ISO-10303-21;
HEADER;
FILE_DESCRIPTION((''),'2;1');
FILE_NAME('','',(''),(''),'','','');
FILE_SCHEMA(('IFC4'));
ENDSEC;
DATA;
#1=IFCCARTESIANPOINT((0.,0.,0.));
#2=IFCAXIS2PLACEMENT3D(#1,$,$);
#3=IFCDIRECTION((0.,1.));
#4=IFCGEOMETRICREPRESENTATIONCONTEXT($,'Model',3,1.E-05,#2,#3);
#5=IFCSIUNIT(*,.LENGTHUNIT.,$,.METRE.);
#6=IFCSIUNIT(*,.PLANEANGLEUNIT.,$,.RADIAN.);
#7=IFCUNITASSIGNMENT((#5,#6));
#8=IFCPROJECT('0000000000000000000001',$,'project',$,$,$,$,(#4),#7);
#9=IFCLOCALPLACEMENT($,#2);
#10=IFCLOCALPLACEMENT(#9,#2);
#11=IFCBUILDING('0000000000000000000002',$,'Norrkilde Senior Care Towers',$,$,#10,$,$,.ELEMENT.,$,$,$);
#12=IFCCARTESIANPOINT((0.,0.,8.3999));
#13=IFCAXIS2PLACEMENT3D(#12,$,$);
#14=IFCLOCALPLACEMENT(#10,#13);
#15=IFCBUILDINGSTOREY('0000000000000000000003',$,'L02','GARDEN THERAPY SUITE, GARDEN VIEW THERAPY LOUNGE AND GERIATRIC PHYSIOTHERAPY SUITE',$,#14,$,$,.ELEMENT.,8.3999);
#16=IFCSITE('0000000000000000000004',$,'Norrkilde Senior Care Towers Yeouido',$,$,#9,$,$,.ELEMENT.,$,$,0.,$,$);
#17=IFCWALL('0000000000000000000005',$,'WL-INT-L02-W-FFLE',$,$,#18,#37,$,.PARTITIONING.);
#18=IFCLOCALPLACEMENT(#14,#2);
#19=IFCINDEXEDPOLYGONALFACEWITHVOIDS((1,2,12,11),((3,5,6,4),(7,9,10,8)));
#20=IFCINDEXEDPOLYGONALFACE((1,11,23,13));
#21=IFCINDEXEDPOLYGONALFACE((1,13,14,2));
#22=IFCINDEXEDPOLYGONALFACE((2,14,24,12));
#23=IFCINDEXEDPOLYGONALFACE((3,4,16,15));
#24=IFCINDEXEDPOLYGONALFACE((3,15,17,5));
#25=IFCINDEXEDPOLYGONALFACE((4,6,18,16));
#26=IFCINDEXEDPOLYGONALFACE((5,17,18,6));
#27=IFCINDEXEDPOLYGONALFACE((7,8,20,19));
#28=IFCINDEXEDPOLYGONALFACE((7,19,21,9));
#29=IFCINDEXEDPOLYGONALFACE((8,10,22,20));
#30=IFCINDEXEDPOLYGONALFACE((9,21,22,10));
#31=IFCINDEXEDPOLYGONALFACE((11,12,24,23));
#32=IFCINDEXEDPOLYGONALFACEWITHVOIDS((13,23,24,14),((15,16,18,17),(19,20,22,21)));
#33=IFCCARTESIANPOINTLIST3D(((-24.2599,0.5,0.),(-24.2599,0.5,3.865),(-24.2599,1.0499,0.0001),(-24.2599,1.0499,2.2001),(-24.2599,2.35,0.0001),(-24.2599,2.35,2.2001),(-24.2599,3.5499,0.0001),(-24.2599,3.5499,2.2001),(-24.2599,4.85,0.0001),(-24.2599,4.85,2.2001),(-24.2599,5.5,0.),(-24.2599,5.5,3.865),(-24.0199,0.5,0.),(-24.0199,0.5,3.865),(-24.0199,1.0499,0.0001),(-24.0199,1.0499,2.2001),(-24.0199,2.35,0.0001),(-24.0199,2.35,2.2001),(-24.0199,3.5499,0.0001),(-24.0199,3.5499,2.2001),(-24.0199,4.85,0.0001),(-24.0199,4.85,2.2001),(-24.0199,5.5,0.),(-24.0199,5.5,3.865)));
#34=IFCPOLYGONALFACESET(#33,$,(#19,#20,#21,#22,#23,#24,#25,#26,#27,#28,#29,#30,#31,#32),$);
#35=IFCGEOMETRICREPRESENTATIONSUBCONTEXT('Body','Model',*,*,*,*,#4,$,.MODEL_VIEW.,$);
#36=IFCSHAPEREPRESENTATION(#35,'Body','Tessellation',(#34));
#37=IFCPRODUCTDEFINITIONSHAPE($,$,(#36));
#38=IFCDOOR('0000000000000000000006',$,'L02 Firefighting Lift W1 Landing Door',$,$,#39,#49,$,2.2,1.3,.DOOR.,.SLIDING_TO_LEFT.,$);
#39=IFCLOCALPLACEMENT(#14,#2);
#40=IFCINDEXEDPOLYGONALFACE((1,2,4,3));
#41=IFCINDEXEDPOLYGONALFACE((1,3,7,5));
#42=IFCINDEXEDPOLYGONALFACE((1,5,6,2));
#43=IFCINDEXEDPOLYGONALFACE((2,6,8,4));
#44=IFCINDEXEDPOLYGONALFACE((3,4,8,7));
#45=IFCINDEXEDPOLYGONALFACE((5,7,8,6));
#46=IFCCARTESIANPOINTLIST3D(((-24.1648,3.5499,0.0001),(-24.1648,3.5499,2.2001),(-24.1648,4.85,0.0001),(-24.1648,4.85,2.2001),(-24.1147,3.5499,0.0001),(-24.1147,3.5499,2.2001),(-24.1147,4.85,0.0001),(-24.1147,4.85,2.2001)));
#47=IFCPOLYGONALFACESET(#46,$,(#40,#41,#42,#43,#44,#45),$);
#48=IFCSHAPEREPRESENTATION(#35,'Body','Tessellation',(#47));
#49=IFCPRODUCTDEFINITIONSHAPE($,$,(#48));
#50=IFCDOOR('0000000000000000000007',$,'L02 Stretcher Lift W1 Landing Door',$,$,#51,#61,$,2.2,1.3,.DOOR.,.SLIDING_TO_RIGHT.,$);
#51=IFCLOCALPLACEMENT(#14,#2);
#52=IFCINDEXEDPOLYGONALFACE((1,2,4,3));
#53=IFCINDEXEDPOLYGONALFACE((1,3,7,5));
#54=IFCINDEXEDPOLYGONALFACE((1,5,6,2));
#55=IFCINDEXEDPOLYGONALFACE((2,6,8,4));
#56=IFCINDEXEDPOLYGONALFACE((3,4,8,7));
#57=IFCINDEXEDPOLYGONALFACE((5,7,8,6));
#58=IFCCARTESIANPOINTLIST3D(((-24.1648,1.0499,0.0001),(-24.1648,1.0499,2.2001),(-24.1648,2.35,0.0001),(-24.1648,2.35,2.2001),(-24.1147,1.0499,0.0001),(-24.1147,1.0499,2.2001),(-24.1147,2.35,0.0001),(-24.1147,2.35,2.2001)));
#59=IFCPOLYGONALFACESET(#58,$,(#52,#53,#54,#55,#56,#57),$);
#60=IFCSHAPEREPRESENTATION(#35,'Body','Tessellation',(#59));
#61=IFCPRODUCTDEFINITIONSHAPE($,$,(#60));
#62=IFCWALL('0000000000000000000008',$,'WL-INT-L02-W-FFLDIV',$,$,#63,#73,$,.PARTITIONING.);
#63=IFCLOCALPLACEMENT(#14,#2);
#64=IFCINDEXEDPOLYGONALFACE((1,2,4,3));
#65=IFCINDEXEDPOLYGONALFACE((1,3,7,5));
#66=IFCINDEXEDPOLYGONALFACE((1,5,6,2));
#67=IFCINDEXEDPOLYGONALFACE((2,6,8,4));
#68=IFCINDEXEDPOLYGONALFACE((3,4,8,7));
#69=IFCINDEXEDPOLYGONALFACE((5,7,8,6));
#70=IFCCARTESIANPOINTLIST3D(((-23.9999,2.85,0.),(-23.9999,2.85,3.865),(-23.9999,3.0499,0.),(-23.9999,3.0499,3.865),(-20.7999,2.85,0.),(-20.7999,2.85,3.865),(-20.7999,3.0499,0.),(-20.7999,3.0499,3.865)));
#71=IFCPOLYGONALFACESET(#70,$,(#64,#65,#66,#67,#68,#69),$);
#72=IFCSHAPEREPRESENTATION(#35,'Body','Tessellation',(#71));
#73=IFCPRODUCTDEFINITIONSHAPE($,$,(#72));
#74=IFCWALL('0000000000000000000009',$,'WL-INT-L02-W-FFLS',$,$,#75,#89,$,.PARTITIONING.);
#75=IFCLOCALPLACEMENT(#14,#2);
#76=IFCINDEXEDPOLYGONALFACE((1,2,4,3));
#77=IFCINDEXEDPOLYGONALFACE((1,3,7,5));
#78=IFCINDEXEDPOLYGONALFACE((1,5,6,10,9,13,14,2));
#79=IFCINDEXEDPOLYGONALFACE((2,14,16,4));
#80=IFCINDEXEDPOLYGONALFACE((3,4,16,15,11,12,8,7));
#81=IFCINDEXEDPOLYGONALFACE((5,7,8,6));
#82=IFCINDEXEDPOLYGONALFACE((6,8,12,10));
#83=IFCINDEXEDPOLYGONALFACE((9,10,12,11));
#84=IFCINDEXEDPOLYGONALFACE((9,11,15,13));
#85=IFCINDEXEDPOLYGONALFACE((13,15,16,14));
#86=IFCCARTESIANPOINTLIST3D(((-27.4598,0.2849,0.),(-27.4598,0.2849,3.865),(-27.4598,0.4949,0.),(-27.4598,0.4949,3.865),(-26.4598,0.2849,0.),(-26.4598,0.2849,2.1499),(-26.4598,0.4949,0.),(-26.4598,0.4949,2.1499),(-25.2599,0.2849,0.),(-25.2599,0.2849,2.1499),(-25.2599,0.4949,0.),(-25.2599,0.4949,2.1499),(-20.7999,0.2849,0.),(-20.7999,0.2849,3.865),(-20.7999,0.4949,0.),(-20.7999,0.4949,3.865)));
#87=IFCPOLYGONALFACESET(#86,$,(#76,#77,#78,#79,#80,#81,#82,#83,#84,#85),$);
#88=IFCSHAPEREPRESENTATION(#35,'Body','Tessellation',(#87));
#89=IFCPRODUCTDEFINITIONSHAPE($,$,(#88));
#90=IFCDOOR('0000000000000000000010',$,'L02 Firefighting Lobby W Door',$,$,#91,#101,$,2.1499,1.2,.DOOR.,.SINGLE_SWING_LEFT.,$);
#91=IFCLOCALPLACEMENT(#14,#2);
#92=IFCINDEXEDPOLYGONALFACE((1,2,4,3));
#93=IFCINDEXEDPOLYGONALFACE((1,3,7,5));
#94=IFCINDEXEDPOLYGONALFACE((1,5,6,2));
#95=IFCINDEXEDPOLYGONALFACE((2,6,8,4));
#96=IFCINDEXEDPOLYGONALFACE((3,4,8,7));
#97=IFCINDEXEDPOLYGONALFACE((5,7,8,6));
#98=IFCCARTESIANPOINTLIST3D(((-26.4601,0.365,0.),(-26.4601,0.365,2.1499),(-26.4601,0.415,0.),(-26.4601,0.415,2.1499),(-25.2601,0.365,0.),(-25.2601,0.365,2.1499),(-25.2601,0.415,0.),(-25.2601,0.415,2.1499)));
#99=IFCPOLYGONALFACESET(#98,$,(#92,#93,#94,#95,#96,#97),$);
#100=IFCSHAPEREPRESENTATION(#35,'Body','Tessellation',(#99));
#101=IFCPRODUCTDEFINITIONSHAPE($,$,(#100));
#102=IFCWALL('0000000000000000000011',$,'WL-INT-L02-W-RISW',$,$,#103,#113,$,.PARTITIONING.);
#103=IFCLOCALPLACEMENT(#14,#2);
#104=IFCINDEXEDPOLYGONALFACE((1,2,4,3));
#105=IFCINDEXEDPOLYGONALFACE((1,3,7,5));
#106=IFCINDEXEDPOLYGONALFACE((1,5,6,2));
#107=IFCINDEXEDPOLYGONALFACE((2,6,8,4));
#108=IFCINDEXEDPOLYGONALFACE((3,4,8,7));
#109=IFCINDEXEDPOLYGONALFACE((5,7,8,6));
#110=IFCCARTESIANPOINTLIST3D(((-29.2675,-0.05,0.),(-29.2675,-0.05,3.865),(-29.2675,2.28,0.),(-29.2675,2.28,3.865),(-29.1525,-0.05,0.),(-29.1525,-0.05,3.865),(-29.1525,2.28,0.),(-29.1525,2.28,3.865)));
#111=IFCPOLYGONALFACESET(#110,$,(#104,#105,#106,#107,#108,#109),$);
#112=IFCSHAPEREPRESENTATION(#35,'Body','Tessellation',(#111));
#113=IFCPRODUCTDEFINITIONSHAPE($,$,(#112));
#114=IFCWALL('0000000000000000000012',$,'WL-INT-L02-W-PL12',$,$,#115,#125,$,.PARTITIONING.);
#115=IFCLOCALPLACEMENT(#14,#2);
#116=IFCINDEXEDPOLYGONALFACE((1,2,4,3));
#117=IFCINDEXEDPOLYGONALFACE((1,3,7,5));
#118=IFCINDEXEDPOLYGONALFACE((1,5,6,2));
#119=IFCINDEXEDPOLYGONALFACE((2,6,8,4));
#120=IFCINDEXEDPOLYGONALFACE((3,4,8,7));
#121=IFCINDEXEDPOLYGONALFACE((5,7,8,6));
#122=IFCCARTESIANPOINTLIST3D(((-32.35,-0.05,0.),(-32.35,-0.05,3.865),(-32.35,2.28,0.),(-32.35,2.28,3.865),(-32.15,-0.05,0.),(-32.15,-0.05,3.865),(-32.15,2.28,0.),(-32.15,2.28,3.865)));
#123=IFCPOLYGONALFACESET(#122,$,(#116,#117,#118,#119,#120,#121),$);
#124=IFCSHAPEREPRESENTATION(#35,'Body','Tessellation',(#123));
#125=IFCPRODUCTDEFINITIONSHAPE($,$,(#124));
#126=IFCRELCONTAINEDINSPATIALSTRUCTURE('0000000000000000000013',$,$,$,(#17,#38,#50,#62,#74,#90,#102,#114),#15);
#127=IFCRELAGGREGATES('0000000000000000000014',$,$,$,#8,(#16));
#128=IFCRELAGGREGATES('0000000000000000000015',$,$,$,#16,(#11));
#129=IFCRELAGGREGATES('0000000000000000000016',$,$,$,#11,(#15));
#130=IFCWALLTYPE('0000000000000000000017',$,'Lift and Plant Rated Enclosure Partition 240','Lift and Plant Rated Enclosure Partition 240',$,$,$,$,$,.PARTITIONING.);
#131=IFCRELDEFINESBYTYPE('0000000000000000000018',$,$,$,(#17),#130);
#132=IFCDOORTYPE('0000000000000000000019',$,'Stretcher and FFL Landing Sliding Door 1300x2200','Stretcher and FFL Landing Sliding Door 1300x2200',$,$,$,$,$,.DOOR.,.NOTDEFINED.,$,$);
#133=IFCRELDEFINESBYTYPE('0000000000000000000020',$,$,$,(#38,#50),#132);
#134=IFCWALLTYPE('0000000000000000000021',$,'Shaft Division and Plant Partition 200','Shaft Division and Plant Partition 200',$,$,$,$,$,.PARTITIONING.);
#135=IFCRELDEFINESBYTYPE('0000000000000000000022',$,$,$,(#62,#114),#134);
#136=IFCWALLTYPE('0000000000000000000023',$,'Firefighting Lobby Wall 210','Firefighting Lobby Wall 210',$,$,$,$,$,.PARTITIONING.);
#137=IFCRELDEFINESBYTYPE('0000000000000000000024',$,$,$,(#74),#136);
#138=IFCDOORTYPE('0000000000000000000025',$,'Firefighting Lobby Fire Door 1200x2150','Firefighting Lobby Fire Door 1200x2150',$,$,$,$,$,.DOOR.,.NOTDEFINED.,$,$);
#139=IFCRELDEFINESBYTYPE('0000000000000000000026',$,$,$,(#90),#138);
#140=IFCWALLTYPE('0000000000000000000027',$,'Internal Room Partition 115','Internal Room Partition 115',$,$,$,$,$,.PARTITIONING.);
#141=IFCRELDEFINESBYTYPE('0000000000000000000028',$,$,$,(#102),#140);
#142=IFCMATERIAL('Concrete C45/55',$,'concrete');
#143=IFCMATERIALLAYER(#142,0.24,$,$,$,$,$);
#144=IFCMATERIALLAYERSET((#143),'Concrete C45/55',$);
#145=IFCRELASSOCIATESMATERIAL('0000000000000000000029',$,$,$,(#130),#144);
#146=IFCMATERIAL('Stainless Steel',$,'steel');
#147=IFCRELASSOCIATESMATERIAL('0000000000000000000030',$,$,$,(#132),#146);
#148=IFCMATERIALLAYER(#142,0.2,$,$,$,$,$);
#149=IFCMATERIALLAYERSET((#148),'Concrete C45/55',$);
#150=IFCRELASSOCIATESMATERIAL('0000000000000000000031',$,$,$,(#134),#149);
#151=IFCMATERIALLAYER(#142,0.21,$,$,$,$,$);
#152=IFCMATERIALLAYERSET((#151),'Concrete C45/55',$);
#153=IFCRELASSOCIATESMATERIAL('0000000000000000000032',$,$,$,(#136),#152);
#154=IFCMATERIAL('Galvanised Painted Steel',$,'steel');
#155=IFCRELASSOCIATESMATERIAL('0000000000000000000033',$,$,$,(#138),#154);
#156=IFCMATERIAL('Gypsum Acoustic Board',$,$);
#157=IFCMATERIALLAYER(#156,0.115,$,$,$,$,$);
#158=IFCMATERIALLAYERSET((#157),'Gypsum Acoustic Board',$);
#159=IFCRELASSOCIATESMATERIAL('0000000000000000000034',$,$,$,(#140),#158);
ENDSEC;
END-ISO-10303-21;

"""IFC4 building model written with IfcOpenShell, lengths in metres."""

from ifc_helpers import new_model, si_unit, direction, frame, frame_2d, origin, place, context, subcontext, project, spatial, rectangle, extrude, source, transform, mapped, material, layer, layer_set, type_object, type_shapes, element, fill, save


model = new_model("IFC4")

# Units and contexts
model_context = context("Model", 3, precision=1e-05, world=origin(), true_north=direction((0.0, 1.0)))
body_context = subcontext(model_context, "Body", "Model", "MODEL_VIEW")
ifc_project = project(units=[si_unit("LENGTHUNIT", "METRE"), si_unit("PLANEANGLEUNIT", "RADIAN")], contexts=[model_context])

# Site, building, storey
site_placement = place(None, origin())
site = spatial("IfcSite", under=ifc_project, at=site_placement, Name="Norrkilde Senior Care Towers Yeouido", CompositionType="ELEMENT", RefElevation=0.0)
building_placement = place(site_placement, origin())
building = spatial("IfcBuilding", under=site, at=building_placement, Name="Norrkilde Senior Care Towers", CompositionType="ELEMENT")
storey_placement = place(building_placement, frame((0.0, 0.0, 8.3999)))
storey = spatial("IfcBuildingStorey", under=building, at=storey_placement, Name="L02", Description="GARDEN THERAPY SUITE, GARDEN VIEW THERAPY LOUNGE AND GERIATRIC PHYSIOTHERAPY SUITE", CompositionType="ELEMENT", Elevation=8.3999)

# Wall, openings, doors
ifc_material_1 = material(Name="Concrete C45/55", Category="concrete")
ifc_layer_1 = layer(ifc_material_1, 0.24)
ifc_layer_set_1 = layer_set([ifc_layer_1], Name="Concrete C45/55")
wall_type_1 = type_object("IfcWallType", Name="Lift and Plant Rated Enclosure Partition 240", Description="Lift and Plant Rated Enclosure Partition 240", PredefinedType="PARTITIONING", material=ifc_layer_set_1)
shared_shape_1 = source(origin(), body_context, "Body", "SweptSolid", [
    extrude(rectangle(XDim=5.0, YDim=0.24, at=frame_2d((2.5, 0.0))), origin(), (0.0, 0.0, 1.0), 3.865),
])
type_shapes(wall_type_1, [shared_shape_1])
wall_1_placement = place(storey_placement, frame((-24.1399, 0.5, 0.0), z_axis=(0.0, 0.0, 1.0), x_axis=(0.0, 1.0, 0.0)))
wall_1 = element("IfcWall", 1, at=wall_1_placement, inside=storey, type_object=wall_type_1, Name="WL-INT-L02-W-FFLE", PredefinedType="PARTITIONING", context=body_context, shape_type="MappedRepresentation", body=[
    mapped(shared_shape_1, transform((0.0, 0.0, 0.0), x_axis=(1.0, 0.0, 0.0), y_axis=(0.0, 1.0, 0.0), z_axis=(0.0, 0.0, 1.0), scale=1.0)),
])
opening_1_placement = place(wall_1_placement, frame((3.05, 0.0, 0.0)))
opening_1 = element("IfcOpeningElement", 2, at=opening_1_placement, cuts=wall_1, PredefinedType="OPENING", context=body_context, shape_type="SweptSolid", body=[
    extrude(rectangle(XDim=1.3, YDim=2.2, at=frame_2d((0.6499, 1.1001))), frame((0.0, 0.1299, 0.0), z_axis=(0.0, -1.0, 0.0), x_axis=(1.0, 0.0, 0.0)), (0.0, 0.0, 1.0), 0.26),
])
opening_2_placement = place(wall_1_placement, frame((0.55, 0.0, 0.0)))
opening_2 = element("IfcOpeningElement", 3, at=opening_2_placement, cuts=wall_1, PredefinedType="OPENING", context=body_context, shape_type="SweptSolid", body=[
    extrude(rectangle(XDim=1.3, YDim=2.2, at=frame_2d((0.6499, 1.1001))), frame((0.0, 0.1299, 0.0), z_axis=(0.0, -1.0, 0.0), x_axis=(1.0, 0.0, 0.0)), (0.0, 0.0, 1.0), 0.26),
])
ifc_material_2 = material(Name="Stainless Steel", Category="steel")
door_type_1 = type_object("IfcDoorType", Name="Stretcher and FFL Landing Sliding Door 1300x2200", Description="Stretcher and FFL Landing Sliding Door 1300x2200", OperationType="NOTDEFINED", PredefinedType="DOOR", material=ifc_material_2)
shared_shape_2 = source(origin(), body_context, "Body", "SweptSolid", [
    extrude(rectangle(XDim=1.3, YDim=2.2, at=frame_2d((0.6499, 1.1001))), frame((0.0, 0.0249, 0.0), z_axis=(0.0, -1.0, 0.0), x_axis=(1.0, 0.0, 0.0)), (0.0, 0.0, 1.0), 0.05),
])
type_shapes(door_type_1, [shared_shape_2])
door_1_placement = place(opening_1_placement, origin())
door_1 = element("IfcDoor", 4, at=door_1_placement, inside=storey, type_object=door_type_1, Name="L02 Firefighting Lift W1 Landing Door", OperationType="SLIDING_TO_LEFT", OverallHeight=2.2, OverallWidth=1.3, PredefinedType="DOOR", context=body_context, shape_type="MappedRepresentation", body=[
    mapped(shared_shape_2, transform((0.0, 0.0, 0.0), x_axis=(1.0, 0.0, 0.0), y_axis=(0.0, 1.0, 0.0), z_axis=(0.0, 0.0, 1.0), scale=1.0)),
])
fill(opening_1, door_1)
door_2_placement = place(opening_2_placement, origin())
door_2 = element("IfcDoor", 5, at=door_2_placement, inside=storey, type_object=door_type_1, Name="L02 Stretcher Lift W1 Landing Door", OperationType="SLIDING_TO_RIGHT", OverallHeight=2.2, OverallWidth=1.3, PredefinedType="DOOR", context=body_context, shape_type="MappedRepresentation", body=[
    mapped(shared_shape_2, transform((0.0, 0.0, 0.0), x_axis=(1.0, 0.0, 0.0), y_axis=(0.0, 1.0, 0.0), z_axis=(0.0, 0.0, 1.0), scale=1.0)),
])
fill(opening_2, door_2)

# Wall
ifc_layer_2 = layer(ifc_material_1, 0.2)
ifc_layer_set_2 = layer_set([ifc_layer_2], Name="Concrete C45/55")
wall_type_2 = type_object("IfcWallType", Name="Shaft Division and Plant Partition 200", Description="Shaft Division and Plant Partition 200", PredefinedType="PARTITIONING", material=ifc_layer_set_2)
shared_shape_3 = source(origin(), body_context, "Body", "SweptSolid", [
    extrude(rectangle(XDim=3.2, YDim=0.2, at=frame_2d((1.6001, 0.0))), origin(), (0.0, 0.0, 1.0), 3.865),
])
wall_2_placement = place(storey_placement, frame((-24.0, 2.95, 0.0), z_axis=(0.0, 0.0, 1.0), x_axis=(1.0, 0.0, 0.0)))
element("IfcWall", 6, at=wall_2_placement, inside=storey, type_object=wall_type_2, Name="WL-INT-L02-W-FFLDIV", PredefinedType="PARTITIONING", context=body_context, shape_type="MappedRepresentation", body=[
    mapped(shared_shape_3, transform((0.0, 0.0, 0.0), x_axis=(1.0, 0.0, 0.0), y_axis=(0.0, 1.0, 0.0), z_axis=(0.0, 0.0, 1.0), scale=1.0)),
])

# Wall, opening, door
ifc_layer_3 = layer(ifc_material_1, 0.21)
ifc_layer_set_3 = layer_set([ifc_layer_3], Name="Concrete C45/55")
wall_type_3 = type_object("IfcWallType", Name="Firefighting Lobby Wall 210", Description="Firefighting Lobby Wall 210", PredefinedType="PARTITIONING", material=ifc_layer_set_3)
shared_shape_4 = source(origin(), body_context, "Body", "SweptSolid", [
    extrude(rectangle(XDim=6.6599, YDim=0.21, at=frame_2d((3.3301, 0.0))), origin(), (0.0, 0.0, 1.0), 3.865),
])
type_shapes(wall_type_3, [shared_shape_4])
wall_3_placement = place(storey_placement, frame((-27.46, 0.3899, 0.0), z_axis=(0.0, 0.0, 1.0), x_axis=(1.0, 0.0, 0.0)))
wall_3 = element("IfcWall", 7, at=wall_3_placement, inside=storey, type_object=wall_type_3, Name="WL-INT-L02-W-FFLS", PredefinedType="PARTITIONING", context=body_context, shape_type="MappedRepresentation", body=[
    mapped(shared_shape_4, transform((0.0, 0.0, 0.0), x_axis=(1.0, 0.0, 0.0), y_axis=(0.0, 1.0, 0.0), z_axis=(0.0, 0.0, 1.0), scale=1.0)),
])
opening_3_placement = place(wall_3_placement, frame((1.0, 0.0, 0.0)))
opening_3 = element("IfcOpeningElement", 8, at=opening_3_placement, cuts=wall_3, PredefinedType="OPENING", context=body_context, shape_type="SweptSolid", body=[
    extrude(rectangle(XDim=1.2, YDim=2.1499, at=frame_2d((0.6001, 1.075))), frame((0.0, 0.115, 0.0), z_axis=(0.0, -1.0, 0.0), x_axis=(1.0, 0.0, 0.0)), (0.0, 0.0, 1.0), 0.23),
])
ifc_material_3 = material(Name="Galvanised Painted Steel", Category="steel")
door_type_2 = type_object("IfcDoorType", Name="Firefighting Lobby Fire Door 1200x2150", Description="Firefighting Lobby Fire Door 1200x2150", OperationType="NOTDEFINED", PredefinedType="DOOR", material=ifc_material_3)
shared_shape_5 = source(origin(), body_context, "Body", "SweptSolid", [
    extrude(rectangle(XDim=1.2, YDim=2.1499, at=frame_2d((0.6001, 1.075))), frame((0.0, 0.0249, 0.0), z_axis=(0.0, -1.0, 0.0), x_axis=(1.0, 0.0, 0.0)), (0.0, 0.0, 1.0), 0.05),
])
type_shapes(door_type_2, [shared_shape_5])
door_3_placement = place(opening_3_placement, frame((1.2, 0.0, 0.0), z_axis=(0.0, 0.0, 1.0), x_axis=(-1.0, 0.0, 0.0)))
door_3 = element("IfcDoor", 9, at=door_3_placement, inside=storey, type_object=door_type_2, Name="L02 Firefighting Lobby W Door", OperationType="SINGLE_SWING_LEFT", OverallHeight=2.1499, OverallWidth=1.2, PredefinedType="DOOR", context=body_context, shape_type="MappedRepresentation", body=[
    mapped(shared_shape_5, transform((0.0, 0.0, 0.0), x_axis=(1.0, 0.0, 0.0), y_axis=(0.0, 1.0, 0.0), z_axis=(0.0, 0.0, 1.0), scale=1.0)),
])
fill(opening_3, door_3)

# Walls
ifc_material_4 = material(Name="Gypsum Acoustic Board")
ifc_layer_4 = layer(ifc_material_4, 0.115)
ifc_layer_set_4 = layer_set([ifc_layer_4], Name="Gypsum Acoustic Board")
wall_type_4 = type_object("IfcWallType", Name="Internal Room Partition 115", Description="Internal Room Partition 115", PredefinedType="PARTITIONING", material=ifc_layer_set_4)
shared_shape_6 = source(origin(), body_context, "Body", "SweptSolid", [
    extrude(rectangle(XDim=2.3301, YDim=0.115, at=frame_2d((1.165, 0.0))), origin(), (0.0, 0.0, 1.0), 3.865),
])
type_shapes(wall_type_4, [shared_shape_6])
wall_4_placement = place(storey_placement, frame((-29.21, -0.05, 0.0), z_axis=(0.0, 0.0, 1.0), x_axis=(0.0, 1.0, 0.0)))
element("IfcWall", 10, at=wall_4_placement, inside=storey, type_object=wall_type_4, Name="WL-INT-L02-W-RISW", PredefinedType="PARTITIONING", context=body_context, shape_type="MappedRepresentation", body=[
    mapped(shared_shape_6, transform((0.0, 0.0, 0.0), x_axis=(1.0, 0.0, 0.0), y_axis=(0.0, 1.0, 0.0), z_axis=(0.0, 0.0, 1.0), scale=1.0)),
])
shared_shape_7 = source(origin(), body_context, "Body", "SweptSolid", [
    extrude(rectangle(XDim=2.3301, YDim=0.2, at=frame_2d((1.165, 0.0))), origin(), (0.0, 0.0, 1.0), 3.865),
])
type_shapes(wall_type_2, [shared_shape_3, shared_shape_7])
wall_5_placement = place(storey_placement, frame((-32.25, -0.05, 0.0), z_axis=(0.0, 0.0, 1.0), x_axis=(0.0, 1.0, 0.0)))
element("IfcWall", 11, at=wall_5_placement, inside=storey, type_object=wall_type_2, Name="WL-INT-L02-W-PL12", PredefinedType="PARTITIONING", context=body_context, shape_type="MappedRepresentation", body=[
    mapped(shared_shape_7, transform((0.0, 0.0, 0.0), x_axis=(1.0, 0.0, 0.0), y_axis=(0.0, 1.0, 0.0), z_axis=(0.0, 0.0, 1.0), scale=1.0)),
])

save(model, "model.ifc")
